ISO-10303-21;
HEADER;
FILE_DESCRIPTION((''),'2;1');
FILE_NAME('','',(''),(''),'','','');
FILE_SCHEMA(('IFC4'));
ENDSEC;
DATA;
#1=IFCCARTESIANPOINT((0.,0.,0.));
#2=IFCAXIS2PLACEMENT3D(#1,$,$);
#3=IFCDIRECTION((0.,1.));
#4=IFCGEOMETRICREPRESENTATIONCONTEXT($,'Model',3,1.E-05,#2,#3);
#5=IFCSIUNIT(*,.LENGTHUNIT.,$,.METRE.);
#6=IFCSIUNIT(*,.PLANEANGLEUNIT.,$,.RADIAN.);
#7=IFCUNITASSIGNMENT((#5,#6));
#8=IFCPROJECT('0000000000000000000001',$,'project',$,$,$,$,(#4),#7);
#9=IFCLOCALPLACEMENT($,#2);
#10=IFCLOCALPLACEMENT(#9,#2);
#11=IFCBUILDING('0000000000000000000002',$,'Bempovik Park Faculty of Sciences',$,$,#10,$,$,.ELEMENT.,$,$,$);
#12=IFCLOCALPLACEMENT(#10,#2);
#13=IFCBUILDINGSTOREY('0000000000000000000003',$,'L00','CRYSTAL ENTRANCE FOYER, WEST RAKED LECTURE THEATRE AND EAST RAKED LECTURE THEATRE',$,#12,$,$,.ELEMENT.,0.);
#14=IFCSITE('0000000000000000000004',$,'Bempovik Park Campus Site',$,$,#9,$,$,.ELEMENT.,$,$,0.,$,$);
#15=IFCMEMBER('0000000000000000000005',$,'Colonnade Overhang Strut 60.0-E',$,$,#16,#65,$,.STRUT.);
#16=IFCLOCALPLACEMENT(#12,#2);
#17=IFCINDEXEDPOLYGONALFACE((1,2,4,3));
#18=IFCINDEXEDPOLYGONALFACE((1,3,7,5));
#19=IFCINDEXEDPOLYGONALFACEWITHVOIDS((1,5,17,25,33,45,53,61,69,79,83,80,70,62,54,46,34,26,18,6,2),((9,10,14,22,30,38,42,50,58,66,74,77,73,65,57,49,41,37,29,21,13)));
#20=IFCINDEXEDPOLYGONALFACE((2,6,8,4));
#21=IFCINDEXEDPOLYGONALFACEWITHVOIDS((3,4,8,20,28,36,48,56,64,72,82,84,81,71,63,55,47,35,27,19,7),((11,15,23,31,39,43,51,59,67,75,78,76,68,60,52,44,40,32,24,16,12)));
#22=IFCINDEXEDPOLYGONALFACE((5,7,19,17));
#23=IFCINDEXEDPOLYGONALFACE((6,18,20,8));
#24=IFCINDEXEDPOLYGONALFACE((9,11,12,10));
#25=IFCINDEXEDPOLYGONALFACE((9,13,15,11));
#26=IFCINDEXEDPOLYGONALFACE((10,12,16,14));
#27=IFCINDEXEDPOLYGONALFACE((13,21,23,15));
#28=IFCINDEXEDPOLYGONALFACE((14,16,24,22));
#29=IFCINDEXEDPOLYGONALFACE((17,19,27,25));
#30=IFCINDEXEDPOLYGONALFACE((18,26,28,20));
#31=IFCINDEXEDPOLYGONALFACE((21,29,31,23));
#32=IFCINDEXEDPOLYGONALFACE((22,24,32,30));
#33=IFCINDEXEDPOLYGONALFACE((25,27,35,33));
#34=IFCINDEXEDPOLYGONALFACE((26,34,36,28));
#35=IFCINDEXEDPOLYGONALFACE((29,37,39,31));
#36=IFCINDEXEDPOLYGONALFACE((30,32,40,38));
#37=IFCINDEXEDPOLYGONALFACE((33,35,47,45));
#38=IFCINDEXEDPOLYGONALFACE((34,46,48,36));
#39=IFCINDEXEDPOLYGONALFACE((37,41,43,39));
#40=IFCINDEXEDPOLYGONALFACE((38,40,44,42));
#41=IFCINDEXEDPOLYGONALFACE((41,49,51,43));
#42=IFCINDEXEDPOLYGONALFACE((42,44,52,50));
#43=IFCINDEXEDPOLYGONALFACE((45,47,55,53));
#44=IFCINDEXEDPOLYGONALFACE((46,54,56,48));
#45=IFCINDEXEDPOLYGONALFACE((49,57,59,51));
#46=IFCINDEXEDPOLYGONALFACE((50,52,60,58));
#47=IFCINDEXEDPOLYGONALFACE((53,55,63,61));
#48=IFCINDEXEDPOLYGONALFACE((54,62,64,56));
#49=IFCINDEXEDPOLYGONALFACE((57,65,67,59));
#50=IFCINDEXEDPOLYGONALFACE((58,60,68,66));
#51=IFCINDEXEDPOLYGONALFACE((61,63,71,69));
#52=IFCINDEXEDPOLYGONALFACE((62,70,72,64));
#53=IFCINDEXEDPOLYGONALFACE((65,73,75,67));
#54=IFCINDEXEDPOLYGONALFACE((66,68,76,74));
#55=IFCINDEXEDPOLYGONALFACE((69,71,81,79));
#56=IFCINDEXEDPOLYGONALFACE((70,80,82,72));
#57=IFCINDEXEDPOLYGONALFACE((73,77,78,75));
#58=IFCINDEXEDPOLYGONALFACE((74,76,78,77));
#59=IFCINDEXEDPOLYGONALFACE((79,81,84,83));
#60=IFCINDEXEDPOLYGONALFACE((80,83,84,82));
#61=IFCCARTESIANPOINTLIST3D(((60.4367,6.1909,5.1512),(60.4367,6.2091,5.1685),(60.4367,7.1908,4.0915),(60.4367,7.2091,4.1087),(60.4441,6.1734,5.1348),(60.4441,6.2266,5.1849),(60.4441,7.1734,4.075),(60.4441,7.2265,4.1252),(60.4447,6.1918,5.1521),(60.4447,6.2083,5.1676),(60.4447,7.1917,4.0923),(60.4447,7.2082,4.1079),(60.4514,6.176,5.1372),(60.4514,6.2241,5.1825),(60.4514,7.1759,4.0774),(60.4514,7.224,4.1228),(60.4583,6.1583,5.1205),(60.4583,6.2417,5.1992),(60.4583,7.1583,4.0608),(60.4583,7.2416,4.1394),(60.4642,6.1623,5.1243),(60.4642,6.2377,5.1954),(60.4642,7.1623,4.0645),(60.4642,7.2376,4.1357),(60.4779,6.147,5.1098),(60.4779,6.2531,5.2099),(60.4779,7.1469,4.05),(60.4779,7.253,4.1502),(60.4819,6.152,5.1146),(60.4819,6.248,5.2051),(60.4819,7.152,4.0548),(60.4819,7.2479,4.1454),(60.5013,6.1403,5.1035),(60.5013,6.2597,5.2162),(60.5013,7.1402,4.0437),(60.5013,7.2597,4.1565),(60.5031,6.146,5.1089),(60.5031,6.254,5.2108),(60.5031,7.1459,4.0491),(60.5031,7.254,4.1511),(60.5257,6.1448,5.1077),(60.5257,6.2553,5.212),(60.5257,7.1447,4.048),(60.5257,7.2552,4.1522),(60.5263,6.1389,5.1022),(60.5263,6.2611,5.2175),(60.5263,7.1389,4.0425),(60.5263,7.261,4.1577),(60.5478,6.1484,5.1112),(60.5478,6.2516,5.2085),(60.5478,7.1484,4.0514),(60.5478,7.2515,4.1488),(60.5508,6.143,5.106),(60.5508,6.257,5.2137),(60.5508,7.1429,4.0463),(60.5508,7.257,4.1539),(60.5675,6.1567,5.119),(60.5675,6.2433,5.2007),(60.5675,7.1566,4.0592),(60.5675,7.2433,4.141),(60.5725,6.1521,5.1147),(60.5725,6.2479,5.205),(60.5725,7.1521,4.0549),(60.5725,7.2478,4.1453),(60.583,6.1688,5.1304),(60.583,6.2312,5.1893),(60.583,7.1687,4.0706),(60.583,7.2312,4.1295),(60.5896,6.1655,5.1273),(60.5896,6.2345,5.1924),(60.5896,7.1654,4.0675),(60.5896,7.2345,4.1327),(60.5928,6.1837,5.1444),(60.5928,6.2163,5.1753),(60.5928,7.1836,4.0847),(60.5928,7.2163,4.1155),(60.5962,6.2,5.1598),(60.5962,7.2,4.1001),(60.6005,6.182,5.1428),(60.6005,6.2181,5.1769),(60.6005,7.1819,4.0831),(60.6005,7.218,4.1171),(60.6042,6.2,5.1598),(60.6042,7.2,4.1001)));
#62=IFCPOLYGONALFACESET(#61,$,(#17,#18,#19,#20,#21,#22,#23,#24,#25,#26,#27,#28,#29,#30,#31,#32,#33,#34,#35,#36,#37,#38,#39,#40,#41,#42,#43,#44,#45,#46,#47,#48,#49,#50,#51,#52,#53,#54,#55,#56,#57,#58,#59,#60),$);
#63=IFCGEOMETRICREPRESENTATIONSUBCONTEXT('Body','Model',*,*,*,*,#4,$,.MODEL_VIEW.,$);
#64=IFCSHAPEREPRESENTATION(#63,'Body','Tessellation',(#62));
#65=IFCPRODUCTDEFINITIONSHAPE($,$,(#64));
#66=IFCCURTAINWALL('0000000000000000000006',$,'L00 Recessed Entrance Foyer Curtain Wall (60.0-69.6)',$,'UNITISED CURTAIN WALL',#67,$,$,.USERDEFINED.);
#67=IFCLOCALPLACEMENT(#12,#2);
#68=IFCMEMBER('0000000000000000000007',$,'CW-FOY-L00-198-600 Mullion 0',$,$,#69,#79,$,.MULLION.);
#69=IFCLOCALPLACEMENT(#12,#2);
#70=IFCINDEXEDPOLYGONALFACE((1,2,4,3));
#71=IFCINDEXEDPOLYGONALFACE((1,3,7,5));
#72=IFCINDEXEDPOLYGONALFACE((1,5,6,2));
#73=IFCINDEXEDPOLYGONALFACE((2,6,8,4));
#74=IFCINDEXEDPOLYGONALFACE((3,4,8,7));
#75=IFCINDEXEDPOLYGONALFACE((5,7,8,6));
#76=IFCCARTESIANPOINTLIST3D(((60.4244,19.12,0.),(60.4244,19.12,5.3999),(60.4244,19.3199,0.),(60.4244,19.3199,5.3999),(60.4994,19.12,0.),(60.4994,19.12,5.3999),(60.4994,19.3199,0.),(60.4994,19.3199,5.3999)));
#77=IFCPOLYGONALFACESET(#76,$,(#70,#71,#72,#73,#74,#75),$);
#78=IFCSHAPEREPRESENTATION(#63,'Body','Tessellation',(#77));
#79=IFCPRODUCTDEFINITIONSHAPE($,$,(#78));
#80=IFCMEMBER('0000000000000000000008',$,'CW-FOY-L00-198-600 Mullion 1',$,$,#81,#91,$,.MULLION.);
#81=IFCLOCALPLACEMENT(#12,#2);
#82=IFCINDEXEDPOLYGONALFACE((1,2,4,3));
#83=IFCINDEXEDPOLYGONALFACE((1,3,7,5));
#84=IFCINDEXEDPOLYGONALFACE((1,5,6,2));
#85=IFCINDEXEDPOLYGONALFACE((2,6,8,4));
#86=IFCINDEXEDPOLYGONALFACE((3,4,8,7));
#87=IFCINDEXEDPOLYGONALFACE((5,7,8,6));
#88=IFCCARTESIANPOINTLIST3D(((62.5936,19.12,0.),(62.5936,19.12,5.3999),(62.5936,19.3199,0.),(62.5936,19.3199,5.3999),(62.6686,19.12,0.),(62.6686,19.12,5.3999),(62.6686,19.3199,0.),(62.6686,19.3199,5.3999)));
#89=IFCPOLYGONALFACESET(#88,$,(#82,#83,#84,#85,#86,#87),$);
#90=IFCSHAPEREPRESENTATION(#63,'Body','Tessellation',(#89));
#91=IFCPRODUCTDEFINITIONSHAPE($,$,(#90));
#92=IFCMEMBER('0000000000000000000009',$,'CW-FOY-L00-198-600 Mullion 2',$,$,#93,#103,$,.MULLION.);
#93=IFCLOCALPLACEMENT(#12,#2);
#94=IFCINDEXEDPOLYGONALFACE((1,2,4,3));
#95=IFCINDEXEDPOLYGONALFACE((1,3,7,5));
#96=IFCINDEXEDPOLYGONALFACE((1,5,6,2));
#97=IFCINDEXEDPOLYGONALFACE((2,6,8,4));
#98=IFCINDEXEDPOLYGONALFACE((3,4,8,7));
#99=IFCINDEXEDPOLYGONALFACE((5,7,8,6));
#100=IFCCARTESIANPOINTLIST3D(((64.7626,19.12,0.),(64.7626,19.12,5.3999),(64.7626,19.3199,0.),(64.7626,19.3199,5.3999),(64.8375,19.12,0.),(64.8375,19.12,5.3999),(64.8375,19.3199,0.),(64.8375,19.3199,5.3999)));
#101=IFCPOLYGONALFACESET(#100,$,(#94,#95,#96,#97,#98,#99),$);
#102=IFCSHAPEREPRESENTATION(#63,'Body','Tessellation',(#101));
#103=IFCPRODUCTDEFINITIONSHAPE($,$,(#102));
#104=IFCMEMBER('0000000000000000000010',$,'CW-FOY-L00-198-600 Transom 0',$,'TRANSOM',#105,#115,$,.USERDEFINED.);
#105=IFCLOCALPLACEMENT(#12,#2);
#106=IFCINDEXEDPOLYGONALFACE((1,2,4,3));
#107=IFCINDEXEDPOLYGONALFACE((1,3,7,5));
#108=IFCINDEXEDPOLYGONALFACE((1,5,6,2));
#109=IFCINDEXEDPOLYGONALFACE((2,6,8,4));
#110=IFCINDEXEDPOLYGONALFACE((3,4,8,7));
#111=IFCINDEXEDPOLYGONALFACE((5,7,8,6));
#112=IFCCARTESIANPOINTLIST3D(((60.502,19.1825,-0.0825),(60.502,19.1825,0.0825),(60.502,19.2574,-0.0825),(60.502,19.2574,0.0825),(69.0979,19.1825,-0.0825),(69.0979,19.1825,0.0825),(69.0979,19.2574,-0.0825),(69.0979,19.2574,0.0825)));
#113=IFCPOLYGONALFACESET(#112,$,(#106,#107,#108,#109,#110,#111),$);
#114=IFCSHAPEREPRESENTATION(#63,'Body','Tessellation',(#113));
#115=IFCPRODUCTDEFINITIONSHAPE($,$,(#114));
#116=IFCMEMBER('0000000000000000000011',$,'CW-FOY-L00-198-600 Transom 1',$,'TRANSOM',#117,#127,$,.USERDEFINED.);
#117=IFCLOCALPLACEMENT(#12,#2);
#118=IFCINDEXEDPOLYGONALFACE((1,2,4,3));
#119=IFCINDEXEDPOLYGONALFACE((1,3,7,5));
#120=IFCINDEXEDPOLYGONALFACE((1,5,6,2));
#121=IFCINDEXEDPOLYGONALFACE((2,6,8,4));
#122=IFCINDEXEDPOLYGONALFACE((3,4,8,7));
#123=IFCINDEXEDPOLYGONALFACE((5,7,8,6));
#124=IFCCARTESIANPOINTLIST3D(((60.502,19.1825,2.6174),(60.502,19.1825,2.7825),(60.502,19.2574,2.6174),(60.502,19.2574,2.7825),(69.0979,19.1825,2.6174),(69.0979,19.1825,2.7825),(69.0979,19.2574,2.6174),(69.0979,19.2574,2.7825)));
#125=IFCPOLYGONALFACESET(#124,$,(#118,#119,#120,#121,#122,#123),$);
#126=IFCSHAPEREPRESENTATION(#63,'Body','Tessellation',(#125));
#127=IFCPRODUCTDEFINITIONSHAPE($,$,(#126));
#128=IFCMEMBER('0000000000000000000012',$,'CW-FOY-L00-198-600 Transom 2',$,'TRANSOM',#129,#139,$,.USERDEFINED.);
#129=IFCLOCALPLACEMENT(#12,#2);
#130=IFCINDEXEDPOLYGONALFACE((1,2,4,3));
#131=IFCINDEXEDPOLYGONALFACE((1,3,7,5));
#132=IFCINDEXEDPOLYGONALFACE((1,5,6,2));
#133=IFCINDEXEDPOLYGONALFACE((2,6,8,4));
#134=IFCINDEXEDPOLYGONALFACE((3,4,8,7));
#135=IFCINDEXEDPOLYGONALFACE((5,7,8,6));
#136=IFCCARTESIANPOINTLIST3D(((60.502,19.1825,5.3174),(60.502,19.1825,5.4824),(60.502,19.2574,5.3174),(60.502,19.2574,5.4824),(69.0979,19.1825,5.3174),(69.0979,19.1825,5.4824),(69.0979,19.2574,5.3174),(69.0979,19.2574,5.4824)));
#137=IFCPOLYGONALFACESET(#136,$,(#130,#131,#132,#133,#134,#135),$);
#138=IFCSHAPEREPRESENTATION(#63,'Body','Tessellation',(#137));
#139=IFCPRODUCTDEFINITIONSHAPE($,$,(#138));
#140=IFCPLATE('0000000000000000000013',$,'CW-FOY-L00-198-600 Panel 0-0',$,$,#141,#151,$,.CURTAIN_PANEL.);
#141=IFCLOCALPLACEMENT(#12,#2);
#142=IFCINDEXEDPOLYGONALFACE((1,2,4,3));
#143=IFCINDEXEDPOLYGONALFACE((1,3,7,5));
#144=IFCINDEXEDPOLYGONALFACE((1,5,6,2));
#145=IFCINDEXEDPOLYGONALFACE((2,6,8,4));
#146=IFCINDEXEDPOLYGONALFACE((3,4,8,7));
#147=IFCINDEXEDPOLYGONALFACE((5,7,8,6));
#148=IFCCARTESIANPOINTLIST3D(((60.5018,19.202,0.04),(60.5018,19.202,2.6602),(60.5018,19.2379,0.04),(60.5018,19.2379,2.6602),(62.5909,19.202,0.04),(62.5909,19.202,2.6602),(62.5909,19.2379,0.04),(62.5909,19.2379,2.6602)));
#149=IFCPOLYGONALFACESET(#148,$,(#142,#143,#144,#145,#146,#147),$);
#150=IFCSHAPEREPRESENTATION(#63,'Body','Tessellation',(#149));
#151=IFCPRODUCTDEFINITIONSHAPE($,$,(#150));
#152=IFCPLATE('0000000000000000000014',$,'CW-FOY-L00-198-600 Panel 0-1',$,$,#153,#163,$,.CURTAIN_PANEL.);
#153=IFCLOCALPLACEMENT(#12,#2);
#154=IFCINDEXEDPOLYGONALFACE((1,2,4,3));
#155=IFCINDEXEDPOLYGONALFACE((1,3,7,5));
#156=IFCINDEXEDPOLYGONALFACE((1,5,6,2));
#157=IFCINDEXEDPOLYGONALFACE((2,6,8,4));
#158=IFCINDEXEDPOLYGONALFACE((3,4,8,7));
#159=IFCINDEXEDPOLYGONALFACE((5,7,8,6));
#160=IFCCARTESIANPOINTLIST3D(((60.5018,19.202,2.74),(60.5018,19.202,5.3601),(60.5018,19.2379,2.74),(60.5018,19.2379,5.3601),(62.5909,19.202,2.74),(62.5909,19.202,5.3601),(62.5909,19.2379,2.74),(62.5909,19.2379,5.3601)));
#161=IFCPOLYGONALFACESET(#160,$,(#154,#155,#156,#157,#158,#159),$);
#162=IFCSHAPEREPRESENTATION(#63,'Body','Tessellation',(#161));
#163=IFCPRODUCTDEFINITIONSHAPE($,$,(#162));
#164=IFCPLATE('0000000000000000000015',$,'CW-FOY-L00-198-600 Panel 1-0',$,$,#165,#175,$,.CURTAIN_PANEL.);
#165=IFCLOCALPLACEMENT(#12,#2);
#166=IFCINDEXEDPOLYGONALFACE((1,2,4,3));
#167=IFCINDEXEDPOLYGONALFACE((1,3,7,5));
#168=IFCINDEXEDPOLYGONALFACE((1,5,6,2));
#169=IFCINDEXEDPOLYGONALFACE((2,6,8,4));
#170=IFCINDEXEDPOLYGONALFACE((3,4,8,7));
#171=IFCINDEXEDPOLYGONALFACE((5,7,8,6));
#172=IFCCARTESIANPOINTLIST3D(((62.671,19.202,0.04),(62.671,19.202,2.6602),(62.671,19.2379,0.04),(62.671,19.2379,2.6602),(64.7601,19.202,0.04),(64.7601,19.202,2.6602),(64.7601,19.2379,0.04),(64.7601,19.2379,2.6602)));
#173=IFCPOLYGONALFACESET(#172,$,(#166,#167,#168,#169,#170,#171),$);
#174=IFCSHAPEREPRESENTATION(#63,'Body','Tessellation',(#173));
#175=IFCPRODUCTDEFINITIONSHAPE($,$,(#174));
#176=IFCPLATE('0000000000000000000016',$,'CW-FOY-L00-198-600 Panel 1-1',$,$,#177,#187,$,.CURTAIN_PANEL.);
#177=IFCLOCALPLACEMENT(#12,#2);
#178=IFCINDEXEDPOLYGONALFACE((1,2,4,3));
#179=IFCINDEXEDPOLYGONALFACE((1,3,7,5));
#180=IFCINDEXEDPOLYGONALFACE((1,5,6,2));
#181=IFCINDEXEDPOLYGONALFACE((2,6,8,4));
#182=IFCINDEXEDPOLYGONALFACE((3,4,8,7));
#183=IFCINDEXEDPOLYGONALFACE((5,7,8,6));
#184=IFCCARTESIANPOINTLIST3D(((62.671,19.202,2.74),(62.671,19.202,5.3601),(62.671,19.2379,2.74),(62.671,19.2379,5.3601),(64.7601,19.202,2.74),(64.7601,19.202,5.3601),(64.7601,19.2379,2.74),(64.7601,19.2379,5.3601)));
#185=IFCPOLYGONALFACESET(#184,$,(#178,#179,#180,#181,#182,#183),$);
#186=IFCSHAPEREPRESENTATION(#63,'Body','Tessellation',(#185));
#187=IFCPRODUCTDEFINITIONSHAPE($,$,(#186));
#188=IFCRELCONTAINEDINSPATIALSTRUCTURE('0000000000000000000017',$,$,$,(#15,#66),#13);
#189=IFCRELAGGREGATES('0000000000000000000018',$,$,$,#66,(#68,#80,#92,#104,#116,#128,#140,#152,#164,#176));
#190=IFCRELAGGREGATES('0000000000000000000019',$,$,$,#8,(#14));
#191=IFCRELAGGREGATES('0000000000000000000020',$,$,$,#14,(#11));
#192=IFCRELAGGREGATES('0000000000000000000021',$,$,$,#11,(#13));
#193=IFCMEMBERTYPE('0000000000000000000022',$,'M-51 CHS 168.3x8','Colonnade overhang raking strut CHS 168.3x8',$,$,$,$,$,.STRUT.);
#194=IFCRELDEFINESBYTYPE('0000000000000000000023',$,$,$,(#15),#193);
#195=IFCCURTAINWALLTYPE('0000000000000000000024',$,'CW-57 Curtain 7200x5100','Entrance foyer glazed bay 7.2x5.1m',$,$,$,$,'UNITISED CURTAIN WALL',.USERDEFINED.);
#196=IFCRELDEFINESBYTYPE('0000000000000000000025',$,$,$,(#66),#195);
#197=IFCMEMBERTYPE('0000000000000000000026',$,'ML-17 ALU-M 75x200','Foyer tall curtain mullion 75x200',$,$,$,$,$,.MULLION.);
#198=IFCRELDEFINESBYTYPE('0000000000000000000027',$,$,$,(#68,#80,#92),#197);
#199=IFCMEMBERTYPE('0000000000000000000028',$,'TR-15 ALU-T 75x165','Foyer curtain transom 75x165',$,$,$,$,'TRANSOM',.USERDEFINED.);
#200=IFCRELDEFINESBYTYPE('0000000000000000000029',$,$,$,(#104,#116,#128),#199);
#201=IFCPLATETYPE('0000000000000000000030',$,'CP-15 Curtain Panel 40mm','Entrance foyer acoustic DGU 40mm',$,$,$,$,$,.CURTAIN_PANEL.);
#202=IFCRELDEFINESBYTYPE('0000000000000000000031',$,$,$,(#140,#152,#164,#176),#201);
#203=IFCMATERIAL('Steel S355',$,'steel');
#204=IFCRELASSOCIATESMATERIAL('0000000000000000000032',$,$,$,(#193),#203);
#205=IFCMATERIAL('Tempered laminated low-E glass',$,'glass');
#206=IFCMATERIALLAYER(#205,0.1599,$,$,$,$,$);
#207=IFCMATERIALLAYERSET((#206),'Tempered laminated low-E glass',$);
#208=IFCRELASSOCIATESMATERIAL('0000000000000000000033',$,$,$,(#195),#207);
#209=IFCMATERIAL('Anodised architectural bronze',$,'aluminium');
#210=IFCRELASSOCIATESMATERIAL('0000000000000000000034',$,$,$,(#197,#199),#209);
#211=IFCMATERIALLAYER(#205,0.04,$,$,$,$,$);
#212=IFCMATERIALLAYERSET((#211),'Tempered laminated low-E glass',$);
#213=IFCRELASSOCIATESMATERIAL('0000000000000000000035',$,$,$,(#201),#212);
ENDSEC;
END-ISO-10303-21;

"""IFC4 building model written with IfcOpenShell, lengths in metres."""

from ifc_helpers import new_model, si_unit, direction, frame, origin, origin_2d, place, context, subcontext, project, spatial, rectangle, hollow_circle, extrude, material, layer, layer_set, material_profile, profile_set, type_object, element, aggregate, save


model = new_model("IFC4")

# Units and contexts
model_context = context("Model", 3, precision=1e-05, world=origin(), true_north=direction((0.0, 1.0)))
body_context = subcontext(model_context, "Body", "Model", "MODEL_VIEW")
ifc_project = project(units=[si_unit("LENGTHUNIT", "METRE"), si_unit("PLANEANGLEUNIT", "RADIAN")], contexts=[model_context])

# Site, building, storey
site_placement = place(None, origin())
site = spatial("IfcSite", under=ifc_project, at=site_placement, Name="Bempovik Park Campus Site", CompositionType="ELEMENT", RefElevation=0.0)
building_placement = place(site_placement, origin())
building = spatial("IfcBuilding", under=site, at=building_placement, Name="Bempovik Park Faculty of Sciences", CompositionType="ELEMENT")
storey_placement = place(building_placement, origin())
storey = spatial("IfcBuildingStorey", under=building, at=storey_placement, Name="L00", Description="CRYSTAL ENTRANCE FOYER, WEST RAKED LECTURE THEATRE AND EAST RAKED LECTURE THEATRE", CompositionType="ELEMENT", Elevation=0.0)

# Shared definitions
ifc_material_1 = material(Name="Steel S355", Category="steel")

# Member
ifc_material_profile_1 = material_profile(ifc_material_1, hollow_circle(Radius=0.0842, WallThickness=0.0081, at=origin_2d()), Name="CHS 168.3x8")
ifc_profile_set_1 = profile_set([ifc_material_profile_1], Name="Steel S355")
member_type_1 = type_object("IfcMemberType", Name="M-51 CHS 168.3x8", Description="Colonnade overhang raking strut CHS 168.3x8", PredefinedType="STRUT", material=ifc_profile_set_1)
for number, where, z_axis, x_axis, name in (
    (1, (60.52, 7.2, 4.1001), (0.0, -0.686284, 0.727334), (1.0, 0.0, 0.0), "Colonnade Overhang Strut 60.0-E"),
):
    element("IfcMember", number, at=place(storey_placement, frame(where, z_axis=z_axis, x_axis=x_axis)), inside=storey, type_object=member_type_1, Name=name, PredefinedType="STRUT", context=body_context, shape_type="SweptSolid", body=[
        extrude(hollow_circle(Radius=0.0842, WallThickness=0.0081, at=origin_2d()), origin(), (0.0, 0.0, 1.0), 1.457),
    ])

# Curtain wall, members, plates
ifc_material_2 = material(Name="Tempered laminated low-E glass", Category="glass")
ifc_layer_1 = layer(ifc_material_2, 0.1599)
ifc_layer_set_1 = layer_set([ifc_layer_1], Name="Tempered laminated low-E glass")
curtain_wall_type = type_object("IfcCurtainWallType", Name="CW-57 Curtain 7200x5100", Description="Entrance foyer glazed bay 7.2x5.1m", ElementType="UNITISED CURTAIN WALL", PredefinedType="USERDEFINED", material=ifc_layer_set_1)
curtain_wall_placement = place(storey_placement, origin())
curtain_wall = element("IfcCurtainWall", 2, at=curtain_wall_placement, inside=storey, type_object=curtain_wall_type, Name="L00 Recessed Entrance Foyer Curtain Wall (60.0-69.6)", ObjectType="UNITISED CURTAIN WALL", PredefinedType="USERDEFINED")
ifc_material_3 = material(Name="Anodised architectural bronze", Category="aluminium")
ifc_material_profile_2 = material_profile(ifc_material_3, rectangle(XDim=0.075, YDim=0.2, at=origin_2d()), Name="ALU-M 75x200")
ifc_profile_set_2 = profile_set([ifc_material_profile_2], Name="Anodised architectural bronze")
member_type_2 = type_object("IfcMemberType", Name="ML-17 ALU-M 75x200", Description="Foyer tall curtain mullion 75x200", PredefinedType="MULLION", material=ifc_profile_set_2)
member_1_placement = place(storey_placement, frame((60.4619, 19.22, 0.0), z_axis=(0.0, 0.0, 1.0), x_axis=(1.0, 0.0, 0.0)))
member_1 = element("IfcMember", 3, at=member_1_placement, type_object=member_type_2, Name="CW-FOY-L00-198-600 Mullion 0", PredefinedType="MULLION", context=body_context, shape_type="SweptSolid", body=[
    extrude(rectangle(XDim=0.075, YDim=0.2, at=origin_2d()), origin(), (0.0, 0.0, 1.0), 5.3999),
])
member_2_placement = place(storey_placement, frame((62.6311, 19.22, 0.0), z_axis=(0.0, 0.0, 1.0), x_axis=(1.0, 0.0, 0.0)))
member_2 = element("IfcMember", 4, at=member_2_placement, type_object=member_type_2, Name="CW-FOY-L00-198-600 Mullion 1", PredefinedType="MULLION", context=body_context, shape_type="SweptSolid", body=[
    extrude(rectangle(XDim=0.075, YDim=0.2, at=origin_2d()), origin(), (0.0, 0.0, 1.0), 5.3999),
])
member_3_placement = place(storey_placement, frame((64.8, 19.22, 0.0), z_axis=(0.0, 0.0, 1.0), x_axis=(1.0, 0.0, 0.0)))
member_3 = element("IfcMember", 5, at=member_3_placement, type_object=member_type_2, Name="CW-FOY-L00-198-600 Mullion 2", PredefinedType="MULLION", context=body_context, shape_type="SweptSolid", body=[
    extrude(rectangle(XDim=0.075, YDim=0.2, at=origin_2d()), origin(), (0.0, 0.0, 1.0), 5.3999),
])
ifc_material_profile_3 = material_profile(ifc_material_3, rectangle(XDim=0.075, YDim=0.165, at=origin_2d()), Name="ALU-T 75x165")
ifc_profile_set_3 = profile_set([ifc_material_profile_3], Name="Anodised architectural bronze")
member_type_3 = type_object("IfcMemberType", Name="TR-15 ALU-T 75x165", Description="Foyer curtain transom 75x165", ElementType="TRANSOM", PredefinedType="USERDEFINED", material=ifc_profile_set_3)
member_4_placement = place(storey_placement, frame((60.502, 19.22, 0.0), z_axis=(1.0, 0.0, 0.0), x_axis=(0.0, 1.0, 0.0)))
member_4 = element("IfcMember", 6, at=member_4_placement, type_object=member_type_3, Name="CW-FOY-L00-198-600 Transom 0", ObjectType="TRANSOM", PredefinedType="USERDEFINED", context=body_context, shape_type="SweptSolid", body=[
    extrude(rectangle(XDim=0.075, YDim=0.165, at=origin_2d()), origin(), (0.0, 0.0, 1.0), 8.5959),
])
member_5_placement = place(storey_placement, frame((60.502, 19.22, 2.7), z_axis=(1.0, 0.0, 0.0), x_axis=(0.0, 1.0, 0.0)))
member_5 = element("IfcMember", 7, at=member_5_placement, type_object=member_type_3, Name="CW-FOY-L00-198-600 Transom 1", ObjectType="TRANSOM", PredefinedType="USERDEFINED", context=body_context, shape_type="SweptSolid", body=[
    extrude(rectangle(XDim=0.075, YDim=0.165, at=origin_2d()), origin(), (0.0, 0.0, 1.0), 8.5959),
])
member_6_placement = place(storey_placement, frame((60.502, 19.22, 5.3999), z_axis=(1.0, 0.0, 0.0), x_axis=(0.0, 1.0, 0.0)))
member_6 = element("IfcMember", 8, at=member_6_placement, type_object=member_type_3, Name="CW-FOY-L00-198-600 Transom 2", ObjectType="TRANSOM", PredefinedType="USERDEFINED", context=body_context, shape_type="SweptSolid", body=[
    extrude(rectangle(XDim=0.075, YDim=0.165, at=origin_2d()), origin(), (0.0, 0.0, 1.0), 8.5959),
])
ifc_layer_2 = layer(ifc_material_2, 0.04)
ifc_layer_set_2 = layer_set([ifc_layer_2], Name="Tempered laminated low-E glass")
plate_type_1 = type_object("IfcPlateType", Name="CP-15 Curtain Panel 40mm", Description="Entrance foyer acoustic DGU 40mm", PredefinedType="CURTAIN_PANEL", material=ifc_layer_set_2)
plate_1_placement = place(storey_placement, frame((61.5464, 19.22, 0.04), z_axis=(0.0, 0.0, 1.0), x_axis=(1.0, 0.0, 0.0)))
plate_1 = element("IfcPlate", 9, at=plate_1_placement, type_object=plate_type_1, Name="CW-FOY-L00-198-600 Panel 0-0", PredefinedType="CURTAIN_PANEL", context=body_context, shape_type="SweptSolid", body=[
    extrude(rectangle(XDim=2.0891, YDim=0.0359, at=origin_2d()), origin(), (0.0, 0.0, 1.0), 2.6201),
])
plate_2_placement = place(storey_placement, frame((61.5464, 19.22, 2.74), z_axis=(0.0, 0.0, 1.0), x_axis=(1.0, 0.0, 0.0)))
plate_2 = element("IfcPlate", 10, at=plate_2_placement, type_object=plate_type_1, Name="CW-FOY-L00-198-600 Panel 0-1", PredefinedType="CURTAIN_PANEL", context=body_context, shape_type="SweptSolid", body=[
    extrude(rectangle(XDim=2.0891, YDim=0.0359, at=origin_2d()), origin(), (0.0, 0.0, 1.0), 2.6201),
])
plate_3_placement = place(storey_placement, frame((63.7156, 19.22, 0.04), z_axis=(0.0, 0.0, 1.0), x_axis=(1.0, 0.0, 0.0)))
plate_3 = element("IfcPlate", 11, at=plate_3_placement, type_object=plate_type_1, Name="CW-FOY-L00-198-600 Panel 1-0", PredefinedType="CURTAIN_PANEL", context=body_context, shape_type="SweptSolid", body=[
    extrude(rectangle(XDim=2.0891, YDim=0.0359, at=origin_2d()), origin(), (0.0, 0.0, 1.0), 2.6201),
])
plate_4_placement = place(storey_placement, frame((63.7156, 19.22, 2.74), z_axis=(0.0, 0.0, 1.0), x_axis=(1.0, 0.0, 0.0)))
plate_4 = element("IfcPlate", 12, at=plate_4_placement, type_object=plate_type_1, Name="CW-FOY-L00-198-600 Panel 1-1", PredefinedType="CURTAIN_PANEL", context=body_context, shape_type="SweptSolid", body=[
    extrude(rectangle(XDim=2.0891, YDim=0.0359, at=origin_2d()), origin(), (0.0, 0.0, 1.0), 2.6201),
])
aggregate(curtain_wall, [member_1, member_2, member_3, member_4, member_5, member_6, plate_1, plate_2, plate_3, plate_4])

save(model, "model.ifc")
